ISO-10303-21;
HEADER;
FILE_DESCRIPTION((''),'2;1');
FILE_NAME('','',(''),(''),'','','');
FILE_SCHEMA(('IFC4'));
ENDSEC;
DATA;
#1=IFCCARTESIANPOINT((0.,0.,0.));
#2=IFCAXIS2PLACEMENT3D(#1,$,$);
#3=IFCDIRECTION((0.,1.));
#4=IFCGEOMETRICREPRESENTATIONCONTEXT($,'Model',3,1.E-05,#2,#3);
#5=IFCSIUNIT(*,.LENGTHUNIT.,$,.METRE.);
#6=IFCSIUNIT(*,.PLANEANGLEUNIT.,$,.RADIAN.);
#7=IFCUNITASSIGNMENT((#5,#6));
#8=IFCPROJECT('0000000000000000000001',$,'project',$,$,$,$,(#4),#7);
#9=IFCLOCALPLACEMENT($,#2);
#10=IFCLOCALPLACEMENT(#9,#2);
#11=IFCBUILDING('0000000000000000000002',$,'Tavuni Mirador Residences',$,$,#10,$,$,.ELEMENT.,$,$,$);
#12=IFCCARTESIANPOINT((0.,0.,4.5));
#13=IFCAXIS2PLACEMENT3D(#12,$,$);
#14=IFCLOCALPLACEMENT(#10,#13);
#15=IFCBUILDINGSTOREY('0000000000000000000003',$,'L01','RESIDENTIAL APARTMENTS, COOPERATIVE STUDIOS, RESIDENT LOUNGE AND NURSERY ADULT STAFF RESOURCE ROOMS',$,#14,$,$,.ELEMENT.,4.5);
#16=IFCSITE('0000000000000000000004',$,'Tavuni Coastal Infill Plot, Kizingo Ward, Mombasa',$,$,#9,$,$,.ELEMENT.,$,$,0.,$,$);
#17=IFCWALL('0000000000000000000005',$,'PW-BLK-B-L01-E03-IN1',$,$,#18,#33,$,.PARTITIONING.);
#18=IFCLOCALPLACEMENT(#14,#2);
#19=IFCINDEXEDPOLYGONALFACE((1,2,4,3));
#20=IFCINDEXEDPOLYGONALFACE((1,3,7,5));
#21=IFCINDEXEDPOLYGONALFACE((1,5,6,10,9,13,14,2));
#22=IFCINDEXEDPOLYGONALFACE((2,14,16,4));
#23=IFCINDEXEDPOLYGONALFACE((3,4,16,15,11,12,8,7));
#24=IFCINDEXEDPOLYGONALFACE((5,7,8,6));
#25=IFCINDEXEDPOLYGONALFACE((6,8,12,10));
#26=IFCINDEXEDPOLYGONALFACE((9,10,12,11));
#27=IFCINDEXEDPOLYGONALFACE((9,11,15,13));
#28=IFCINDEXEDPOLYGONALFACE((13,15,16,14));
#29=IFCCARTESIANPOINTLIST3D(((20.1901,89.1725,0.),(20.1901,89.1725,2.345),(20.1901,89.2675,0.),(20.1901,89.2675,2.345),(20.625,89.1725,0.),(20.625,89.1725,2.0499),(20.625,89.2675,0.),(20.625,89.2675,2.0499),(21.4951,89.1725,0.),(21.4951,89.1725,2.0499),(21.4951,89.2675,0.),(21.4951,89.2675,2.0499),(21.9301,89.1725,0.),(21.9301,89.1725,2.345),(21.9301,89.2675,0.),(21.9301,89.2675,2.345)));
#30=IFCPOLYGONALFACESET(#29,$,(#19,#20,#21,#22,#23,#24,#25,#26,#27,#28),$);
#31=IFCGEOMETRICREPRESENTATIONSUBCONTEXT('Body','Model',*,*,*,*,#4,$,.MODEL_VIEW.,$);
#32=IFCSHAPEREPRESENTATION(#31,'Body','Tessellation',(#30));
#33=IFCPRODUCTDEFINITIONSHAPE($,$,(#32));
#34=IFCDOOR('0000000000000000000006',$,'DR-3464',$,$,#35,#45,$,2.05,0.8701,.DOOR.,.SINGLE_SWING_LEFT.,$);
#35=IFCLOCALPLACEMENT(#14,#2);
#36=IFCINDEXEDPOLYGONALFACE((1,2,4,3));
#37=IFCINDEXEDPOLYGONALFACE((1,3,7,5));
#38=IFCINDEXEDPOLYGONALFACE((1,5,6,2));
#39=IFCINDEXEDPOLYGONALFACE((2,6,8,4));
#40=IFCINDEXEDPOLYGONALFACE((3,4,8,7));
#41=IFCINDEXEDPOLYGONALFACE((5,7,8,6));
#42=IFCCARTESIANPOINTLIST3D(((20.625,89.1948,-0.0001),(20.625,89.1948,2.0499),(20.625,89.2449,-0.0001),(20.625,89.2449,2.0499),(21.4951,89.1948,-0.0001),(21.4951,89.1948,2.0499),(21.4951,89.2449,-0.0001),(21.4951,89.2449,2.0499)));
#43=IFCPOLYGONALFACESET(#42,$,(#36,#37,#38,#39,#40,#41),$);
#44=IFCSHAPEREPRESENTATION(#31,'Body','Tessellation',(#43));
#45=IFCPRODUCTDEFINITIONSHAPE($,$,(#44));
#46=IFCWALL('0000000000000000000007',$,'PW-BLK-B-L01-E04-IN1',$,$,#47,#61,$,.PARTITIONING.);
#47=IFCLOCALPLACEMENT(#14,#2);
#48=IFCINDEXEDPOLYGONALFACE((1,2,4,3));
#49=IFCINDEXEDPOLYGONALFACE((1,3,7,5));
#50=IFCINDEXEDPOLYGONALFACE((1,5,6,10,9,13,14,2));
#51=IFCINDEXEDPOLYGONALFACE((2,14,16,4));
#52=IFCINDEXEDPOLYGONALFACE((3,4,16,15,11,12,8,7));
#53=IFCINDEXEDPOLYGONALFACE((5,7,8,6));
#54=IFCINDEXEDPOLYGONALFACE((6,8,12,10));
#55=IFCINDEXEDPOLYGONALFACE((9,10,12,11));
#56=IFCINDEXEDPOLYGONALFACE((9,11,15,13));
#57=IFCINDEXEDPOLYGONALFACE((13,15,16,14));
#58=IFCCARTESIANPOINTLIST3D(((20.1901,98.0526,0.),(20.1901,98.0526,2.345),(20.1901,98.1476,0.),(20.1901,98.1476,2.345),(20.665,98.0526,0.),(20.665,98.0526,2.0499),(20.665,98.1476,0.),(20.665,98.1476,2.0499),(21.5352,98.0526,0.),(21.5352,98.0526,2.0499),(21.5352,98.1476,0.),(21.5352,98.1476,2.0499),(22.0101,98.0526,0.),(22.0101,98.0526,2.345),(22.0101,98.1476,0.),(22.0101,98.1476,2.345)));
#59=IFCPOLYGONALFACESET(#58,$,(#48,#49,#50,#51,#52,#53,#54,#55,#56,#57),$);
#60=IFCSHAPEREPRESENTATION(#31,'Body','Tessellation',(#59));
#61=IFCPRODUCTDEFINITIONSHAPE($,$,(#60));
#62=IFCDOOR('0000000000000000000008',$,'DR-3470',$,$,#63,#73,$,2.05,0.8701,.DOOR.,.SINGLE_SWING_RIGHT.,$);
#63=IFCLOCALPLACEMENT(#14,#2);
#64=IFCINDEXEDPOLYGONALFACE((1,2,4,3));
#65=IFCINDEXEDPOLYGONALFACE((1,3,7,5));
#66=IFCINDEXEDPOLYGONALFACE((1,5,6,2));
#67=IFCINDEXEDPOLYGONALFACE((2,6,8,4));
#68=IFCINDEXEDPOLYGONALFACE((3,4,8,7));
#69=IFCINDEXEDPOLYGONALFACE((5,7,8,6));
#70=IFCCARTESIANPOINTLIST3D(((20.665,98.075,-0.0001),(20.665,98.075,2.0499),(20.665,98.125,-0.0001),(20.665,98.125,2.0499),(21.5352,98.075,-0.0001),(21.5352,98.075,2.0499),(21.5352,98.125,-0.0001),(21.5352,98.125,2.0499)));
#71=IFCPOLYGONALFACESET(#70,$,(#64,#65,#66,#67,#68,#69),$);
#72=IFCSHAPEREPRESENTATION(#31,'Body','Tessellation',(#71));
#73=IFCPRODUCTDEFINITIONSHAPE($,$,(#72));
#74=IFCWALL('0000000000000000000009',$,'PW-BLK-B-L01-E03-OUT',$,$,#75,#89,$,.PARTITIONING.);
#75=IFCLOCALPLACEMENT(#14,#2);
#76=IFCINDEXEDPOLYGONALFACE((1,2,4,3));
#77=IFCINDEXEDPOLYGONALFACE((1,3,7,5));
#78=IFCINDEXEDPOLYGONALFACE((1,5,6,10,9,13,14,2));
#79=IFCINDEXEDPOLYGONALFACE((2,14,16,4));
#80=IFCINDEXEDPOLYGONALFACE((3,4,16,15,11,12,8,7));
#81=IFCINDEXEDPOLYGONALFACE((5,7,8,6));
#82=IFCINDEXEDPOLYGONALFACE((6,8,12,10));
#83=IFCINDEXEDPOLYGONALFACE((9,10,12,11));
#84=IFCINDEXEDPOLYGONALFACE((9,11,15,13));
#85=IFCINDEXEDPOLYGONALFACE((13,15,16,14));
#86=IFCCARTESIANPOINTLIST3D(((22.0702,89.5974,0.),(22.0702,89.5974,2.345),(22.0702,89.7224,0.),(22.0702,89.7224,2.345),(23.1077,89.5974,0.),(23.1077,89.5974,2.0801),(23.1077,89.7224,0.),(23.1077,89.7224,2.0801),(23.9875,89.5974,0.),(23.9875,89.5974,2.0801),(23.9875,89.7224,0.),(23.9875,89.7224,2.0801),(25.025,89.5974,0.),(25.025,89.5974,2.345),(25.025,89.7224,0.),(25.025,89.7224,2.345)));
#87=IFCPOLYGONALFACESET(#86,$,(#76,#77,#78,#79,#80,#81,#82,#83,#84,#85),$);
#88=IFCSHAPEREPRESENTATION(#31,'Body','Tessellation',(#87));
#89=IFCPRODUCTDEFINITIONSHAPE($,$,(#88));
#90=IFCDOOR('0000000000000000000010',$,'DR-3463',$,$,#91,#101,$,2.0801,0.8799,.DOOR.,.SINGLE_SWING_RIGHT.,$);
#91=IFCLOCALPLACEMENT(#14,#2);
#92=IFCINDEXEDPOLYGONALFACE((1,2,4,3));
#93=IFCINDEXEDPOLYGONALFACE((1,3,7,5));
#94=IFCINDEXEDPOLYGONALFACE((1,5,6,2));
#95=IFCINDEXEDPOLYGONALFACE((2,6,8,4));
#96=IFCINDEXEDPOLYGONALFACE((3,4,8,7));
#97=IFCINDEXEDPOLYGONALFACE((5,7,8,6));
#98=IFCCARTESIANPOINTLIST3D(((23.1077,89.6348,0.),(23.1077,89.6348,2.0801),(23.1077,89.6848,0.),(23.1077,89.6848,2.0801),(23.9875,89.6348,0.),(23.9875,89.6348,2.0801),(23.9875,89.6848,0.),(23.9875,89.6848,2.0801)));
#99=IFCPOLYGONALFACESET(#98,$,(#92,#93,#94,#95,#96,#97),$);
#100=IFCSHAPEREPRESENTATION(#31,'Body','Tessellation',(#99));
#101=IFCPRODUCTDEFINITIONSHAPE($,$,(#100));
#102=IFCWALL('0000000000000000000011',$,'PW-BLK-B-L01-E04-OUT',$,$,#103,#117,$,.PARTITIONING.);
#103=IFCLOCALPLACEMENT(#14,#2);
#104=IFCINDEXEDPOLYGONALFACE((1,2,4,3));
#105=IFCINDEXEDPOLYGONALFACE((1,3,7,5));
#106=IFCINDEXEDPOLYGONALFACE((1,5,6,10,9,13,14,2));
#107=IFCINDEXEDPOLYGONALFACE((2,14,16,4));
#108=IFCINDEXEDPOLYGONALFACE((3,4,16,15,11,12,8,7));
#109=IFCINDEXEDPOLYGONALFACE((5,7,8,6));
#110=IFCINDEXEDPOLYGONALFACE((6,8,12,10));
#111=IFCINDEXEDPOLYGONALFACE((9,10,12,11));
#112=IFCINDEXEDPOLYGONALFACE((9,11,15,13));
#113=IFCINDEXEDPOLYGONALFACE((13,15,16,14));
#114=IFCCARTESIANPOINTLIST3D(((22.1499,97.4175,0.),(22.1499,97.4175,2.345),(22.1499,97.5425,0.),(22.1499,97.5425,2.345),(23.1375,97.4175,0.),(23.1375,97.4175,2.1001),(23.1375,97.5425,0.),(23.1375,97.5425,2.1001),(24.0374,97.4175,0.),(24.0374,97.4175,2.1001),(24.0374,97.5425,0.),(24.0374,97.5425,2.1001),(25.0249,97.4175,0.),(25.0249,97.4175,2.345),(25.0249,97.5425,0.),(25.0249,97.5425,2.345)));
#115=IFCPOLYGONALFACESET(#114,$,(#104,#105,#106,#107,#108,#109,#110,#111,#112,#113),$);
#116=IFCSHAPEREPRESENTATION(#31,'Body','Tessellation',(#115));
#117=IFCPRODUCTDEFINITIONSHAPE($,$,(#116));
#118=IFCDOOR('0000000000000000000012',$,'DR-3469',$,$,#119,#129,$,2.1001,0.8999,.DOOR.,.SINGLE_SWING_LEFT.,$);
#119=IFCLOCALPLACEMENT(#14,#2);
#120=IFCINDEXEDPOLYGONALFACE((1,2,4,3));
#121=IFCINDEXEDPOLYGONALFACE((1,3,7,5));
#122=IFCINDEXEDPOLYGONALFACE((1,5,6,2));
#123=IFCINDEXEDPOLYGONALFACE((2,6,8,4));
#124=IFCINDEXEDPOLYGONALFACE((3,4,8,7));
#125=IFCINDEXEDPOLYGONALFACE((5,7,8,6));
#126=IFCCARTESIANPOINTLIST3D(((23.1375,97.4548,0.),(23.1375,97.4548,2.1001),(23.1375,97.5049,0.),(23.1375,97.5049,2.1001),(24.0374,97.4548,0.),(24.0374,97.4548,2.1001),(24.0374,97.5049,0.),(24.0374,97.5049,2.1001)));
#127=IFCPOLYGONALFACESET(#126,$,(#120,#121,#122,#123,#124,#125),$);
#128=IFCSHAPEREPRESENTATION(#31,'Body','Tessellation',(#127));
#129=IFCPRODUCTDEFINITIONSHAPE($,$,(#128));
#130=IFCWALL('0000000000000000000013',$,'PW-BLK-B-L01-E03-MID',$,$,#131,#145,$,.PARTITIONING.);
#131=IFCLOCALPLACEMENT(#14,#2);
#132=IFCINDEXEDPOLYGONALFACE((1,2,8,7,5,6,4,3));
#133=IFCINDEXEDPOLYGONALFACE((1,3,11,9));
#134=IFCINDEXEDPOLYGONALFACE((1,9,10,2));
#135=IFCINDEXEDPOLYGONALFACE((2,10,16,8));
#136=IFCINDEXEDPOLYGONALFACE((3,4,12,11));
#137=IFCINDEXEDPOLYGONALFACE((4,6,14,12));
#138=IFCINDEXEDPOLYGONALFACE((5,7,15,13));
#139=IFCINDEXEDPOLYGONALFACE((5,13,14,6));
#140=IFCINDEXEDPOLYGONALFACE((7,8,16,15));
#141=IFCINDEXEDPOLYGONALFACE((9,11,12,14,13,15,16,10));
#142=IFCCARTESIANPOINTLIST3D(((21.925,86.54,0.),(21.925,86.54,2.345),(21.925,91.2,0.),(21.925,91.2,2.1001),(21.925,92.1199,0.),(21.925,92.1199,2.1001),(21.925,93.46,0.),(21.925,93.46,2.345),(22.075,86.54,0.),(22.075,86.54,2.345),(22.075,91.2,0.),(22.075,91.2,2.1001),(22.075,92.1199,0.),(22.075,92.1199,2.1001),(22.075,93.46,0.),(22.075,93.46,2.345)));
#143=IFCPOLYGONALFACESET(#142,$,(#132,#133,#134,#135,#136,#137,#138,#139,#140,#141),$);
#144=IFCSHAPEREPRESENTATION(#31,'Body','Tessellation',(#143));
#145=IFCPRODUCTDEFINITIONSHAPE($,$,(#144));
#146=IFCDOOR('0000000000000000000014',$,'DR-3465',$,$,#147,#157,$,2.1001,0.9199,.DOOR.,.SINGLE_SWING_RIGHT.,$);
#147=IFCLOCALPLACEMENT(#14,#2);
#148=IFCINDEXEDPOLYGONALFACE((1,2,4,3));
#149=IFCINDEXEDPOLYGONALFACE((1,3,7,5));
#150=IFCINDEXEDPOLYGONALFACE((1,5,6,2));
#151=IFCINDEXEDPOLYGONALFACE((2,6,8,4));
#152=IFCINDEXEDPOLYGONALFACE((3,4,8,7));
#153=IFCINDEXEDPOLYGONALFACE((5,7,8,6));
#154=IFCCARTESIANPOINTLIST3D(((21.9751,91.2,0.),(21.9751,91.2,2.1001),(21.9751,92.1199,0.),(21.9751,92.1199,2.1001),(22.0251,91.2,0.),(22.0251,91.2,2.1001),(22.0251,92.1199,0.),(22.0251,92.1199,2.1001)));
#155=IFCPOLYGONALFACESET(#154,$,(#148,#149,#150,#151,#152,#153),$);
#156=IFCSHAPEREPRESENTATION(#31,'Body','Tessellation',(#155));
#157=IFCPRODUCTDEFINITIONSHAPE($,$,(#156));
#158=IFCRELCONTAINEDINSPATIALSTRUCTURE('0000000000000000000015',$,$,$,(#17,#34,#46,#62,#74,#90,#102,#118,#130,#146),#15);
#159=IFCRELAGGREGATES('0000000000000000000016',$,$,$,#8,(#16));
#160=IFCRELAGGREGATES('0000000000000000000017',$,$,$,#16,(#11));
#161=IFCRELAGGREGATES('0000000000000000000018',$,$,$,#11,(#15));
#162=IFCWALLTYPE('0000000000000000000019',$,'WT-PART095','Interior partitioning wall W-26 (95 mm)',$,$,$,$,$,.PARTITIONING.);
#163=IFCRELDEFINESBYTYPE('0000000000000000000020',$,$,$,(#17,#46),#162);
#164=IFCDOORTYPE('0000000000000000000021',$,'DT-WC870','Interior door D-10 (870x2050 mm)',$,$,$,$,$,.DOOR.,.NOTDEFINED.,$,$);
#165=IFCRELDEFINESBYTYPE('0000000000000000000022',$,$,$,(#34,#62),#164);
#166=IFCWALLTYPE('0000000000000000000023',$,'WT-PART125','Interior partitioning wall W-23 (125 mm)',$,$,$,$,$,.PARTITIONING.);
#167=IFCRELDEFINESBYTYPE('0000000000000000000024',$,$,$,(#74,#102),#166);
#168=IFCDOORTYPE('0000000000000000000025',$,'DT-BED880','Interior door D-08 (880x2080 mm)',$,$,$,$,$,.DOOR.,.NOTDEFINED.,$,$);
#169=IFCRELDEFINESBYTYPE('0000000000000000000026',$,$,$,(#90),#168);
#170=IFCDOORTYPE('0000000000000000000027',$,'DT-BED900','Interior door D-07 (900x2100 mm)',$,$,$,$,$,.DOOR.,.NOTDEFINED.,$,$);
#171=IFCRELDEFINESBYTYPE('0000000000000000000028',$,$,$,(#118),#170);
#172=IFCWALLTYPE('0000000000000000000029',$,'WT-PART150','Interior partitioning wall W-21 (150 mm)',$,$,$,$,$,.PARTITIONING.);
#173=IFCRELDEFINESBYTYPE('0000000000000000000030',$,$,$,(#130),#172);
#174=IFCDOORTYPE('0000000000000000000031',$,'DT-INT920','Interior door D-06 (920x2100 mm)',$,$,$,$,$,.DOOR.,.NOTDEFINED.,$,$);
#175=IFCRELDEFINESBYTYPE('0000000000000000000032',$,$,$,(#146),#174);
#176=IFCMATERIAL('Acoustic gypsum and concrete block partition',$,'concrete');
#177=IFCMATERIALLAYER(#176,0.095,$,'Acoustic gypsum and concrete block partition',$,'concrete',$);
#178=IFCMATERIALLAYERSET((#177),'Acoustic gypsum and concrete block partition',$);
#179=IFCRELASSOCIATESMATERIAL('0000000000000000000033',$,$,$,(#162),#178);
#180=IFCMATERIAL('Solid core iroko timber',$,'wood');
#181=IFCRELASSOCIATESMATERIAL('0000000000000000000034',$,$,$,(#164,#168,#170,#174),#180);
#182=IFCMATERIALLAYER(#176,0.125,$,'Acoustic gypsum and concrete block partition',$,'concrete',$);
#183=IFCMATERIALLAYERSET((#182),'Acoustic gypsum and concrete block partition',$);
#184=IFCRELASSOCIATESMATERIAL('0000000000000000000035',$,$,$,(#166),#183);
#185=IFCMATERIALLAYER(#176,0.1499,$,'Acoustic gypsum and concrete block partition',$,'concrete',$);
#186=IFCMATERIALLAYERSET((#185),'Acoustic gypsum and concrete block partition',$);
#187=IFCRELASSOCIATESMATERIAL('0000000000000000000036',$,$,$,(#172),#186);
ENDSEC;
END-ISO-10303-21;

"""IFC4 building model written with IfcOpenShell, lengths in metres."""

from ifc_helpers import new_model, si_unit, direction, frame, frame_2d, origin, place, context, subcontext, project, spatial, rectangle, extrude, material, layer, layer_set, type_object, element, fill, save


model = new_model("IFC4")

# Units and contexts
model_context = context("Model", 3, precision=1e-05, world=origin(), true_north=direction((0.0, 1.0)))
body_context = subcontext(model_context, "Body", "Model", "MODEL_VIEW")
ifc_project = project(units=[si_unit("LENGTHUNIT", "METRE"), si_unit("PLANEANGLEUNIT", "RADIAN")], contexts=[model_context])

# Site, building, storey
site_placement = place(None, origin())
site = spatial("IfcSite", under=ifc_project, at=site_placement, Name="Tavuni Coastal Infill Plot, Kizingo Ward, Mombasa", CompositionType="ELEMENT", RefElevation=0.0)
building_placement = place(site_placement, origin())
building = spatial("IfcBuilding", under=site, at=building_placement, Name="Tavuni Mirador Residences", CompositionType="ELEMENT")
storey_placement = place(building_placement, frame((0.0, 0.0, 4.5)))
storey = spatial("IfcBuildingStorey", under=building, at=storey_placement, Name="L01", Description="RESIDENTIAL APARTMENTS, COOPERATIVE STUDIOS, RESIDENT LOUNGE AND NURSERY ADULT STAFF RESOURCE ROOMS", CompositionType="ELEMENT", Elevation=4.5)

# Shared definitions
ifc_material_1 = material(Name="Solid core iroko timber", Category="wood")

# Walls, openings, doors
ifc_material_2 = material(Name="Acoustic gypsum and concrete block partition", Category="concrete")
ifc_layer_1 = layer(ifc_material_2, 0.095, Name="Acoustic gypsum and concrete block partition", Category="concrete")
ifc_layer_set_1 = layer_set([ifc_layer_1], Name="Acoustic gypsum and concrete block partition")
wall_type_1 = type_object("IfcWallType", Name="WT-PART095", Description="Interior partitioning wall W-26 (95 mm)", PredefinedType="PARTITIONING", material=ifc_layer_set_1)
wall_1_placement = place(storey_placement, frame((20.1899, 89.22, 0.0), z_axis=(0.0, 0.0, 1.0), x_axis=(1.0, 0.0, 0.0)))
wall_1 = element("IfcWall", 1, at=wall_1_placement, inside=storey, type_object=wall_type_1, Name="PW-BLK-B-L01-E03-IN1", PredefinedType="PARTITIONING", context=body_context, shape_type="SweptSolid", body=[
    extrude(rectangle(XDim=1.74, YDim=0.095, at=frame_2d((0.8701, 0.0))), origin(), (0.0, 0.0, 1.0), 2.345),
])
opening_1_placement = place(wall_1_placement, frame((0.4351, 0.0, 0.0)))
opening_1 = element("IfcOpeningElement", 2, at=opening_1_placement, cuts=wall_1, PredefinedType="OPENING", context=body_context, shape_type="SweptSolid", body=[
    extrude(rectangle(XDim=0.8701, YDim=2.05, at=frame_2d((0.4351, 1.0249))), frame((0.0, 0.0576, 0.0), z_axis=(0.0, -1.0, 0.0), x_axis=(1.0, 0.0, 0.0)), (0.0, 0.0, 1.0), 0.115),
])
door_type_1 = type_object("IfcDoorType", Name="DT-WC870", Description="Interior door D-10 (870x2050 mm)", OperationType="NOTDEFINED", PredefinedType="DOOR", material=ifc_material_1)
door_1_placement = place(opening_1_placement, origin())
door_1 = element("IfcDoor", 3, at=door_1_placement, inside=storey, type_object=door_type_1, Name="DR-3464", OperationType="SINGLE_SWING_LEFT", OverallHeight=2.05, OverallWidth=0.8701, PredefinedType="DOOR", context=body_context, shape_type="SweptSolid", body=[
    extrude(rectangle(XDim=0.8701, YDim=2.05, at=frame_2d((0.4351, 1.0249))), frame((0.0, 0.0249, 0.0), z_axis=(0.0, -1.0, 0.0), x_axis=(1.0, 0.0, 0.0)), (0.0, 0.0, 1.0), 0.05),
])
fill(opening_1, door_1)
wall_2_placement = place(storey_placement, frame((20.1899, 98.1001, 0.0), z_axis=(0.0, 0.0, 1.0), x_axis=(1.0, 0.0, 0.0)))
wall_2 = element("IfcWall", 4, at=wall_2_placement, inside=storey, type_object=wall_type_1, Name="PW-BLK-B-L01-E04-IN1", PredefinedType="PARTITIONING", context=body_context, shape_type="SweptSolid", body=[
    extrude(rectangle(XDim=1.8201, YDim=0.095, at=frame_2d((0.9102, 0.0))), origin(), (0.0, 0.0, 1.0), 2.345),
])
opening_2_placement = place(wall_2_placement, frame((0.4751, 0.0, 0.0)))
opening_2 = element("IfcOpeningElement", 5, at=opening_2_placement, cuts=wall_2, PredefinedType="OPENING", context=body_context, shape_type="SweptSolid", body=[
    extrude(rectangle(XDim=0.8701, YDim=2.05, at=frame_2d((0.4351, 1.0249))), frame((0.0, 0.0576, 0.0), z_axis=(0.0, -1.0, 0.0), x_axis=(1.0, 0.0, 0.0)), (0.0, 0.0, 1.0), 0.115),
])
door_2_placement = place(opening_2_placement, origin())
door_2 = element("IfcDoor", 6, at=door_2_placement, inside=storey, type_object=door_type_1, Name="DR-3470", OperationType="SINGLE_SWING_RIGHT", OverallHeight=2.05, OverallWidth=0.8701, PredefinedType="DOOR", context=body_context, shape_type="SweptSolid", body=[
    extrude(rectangle(XDim=0.8701, YDim=2.05, at=frame_2d((0.4351, 1.0249))), frame((0.0, 0.0249, 0.0), z_axis=(0.0, -1.0, 0.0), x_axis=(1.0, 0.0, 0.0)), (0.0, 0.0, 1.0), 0.05),
])
fill(opening_2, door_2)
ifc_layer_2 = layer(ifc_material_2, 0.125, Name="Acoustic gypsum and concrete block partition", Category="concrete")
ifc_layer_set_2 = layer_set([ifc_layer_2], Name="Acoustic gypsum and concrete block partition")
wall_type_2 = type_object("IfcWallType", Name="WT-PART125", Description="Interior partitioning wall W-23 (125 mm)", PredefinedType="PARTITIONING", material=ifc_layer_set_2)
wall_3_placement = place(storey_placement, frame((22.0701, 89.6599, 0.0), z_axis=(0.0, 0.0, 1.0), x_axis=(1.0, 0.0, 0.0)))
wall_3 = element("IfcWall", 7, at=wall_3_placement, inside=storey, type_object=wall_type_2, Name="PW-BLK-B-L01-E03-OUT", PredefinedType="PARTITIONING", context=body_context, shape_type="SweptSolid", body=[
    extrude(rectangle(XDim=2.9548, YDim=0.125, at=frame_2d((1.4775, 0.0))), origin(), (0.0, 0.0, 1.0), 2.345),
])
opening_3_placement = place(wall_3_placement, frame((1.0376, 0.0, 0.0)))
opening_3 = element("IfcOpeningElement", 8, at=opening_3_placement, cuts=wall_3, PredefinedType="OPENING", context=body_context, shape_type="SweptSolid", body=[
    extrude(rectangle(XDim=0.8799, YDim=2.0801, at=frame_2d((0.4399, 1.04))), frame((0.0, 0.0725, 0.0), z_axis=(0.0, -1.0, 0.0), x_axis=(1.0, 0.0, 0.0)), (0.0, 0.0, 1.0), 0.145),
])
door_type_2 = type_object("IfcDoorType", Name="DT-BED880", Description="Interior door D-08 (880x2080 mm)", OperationType="NOTDEFINED", PredefinedType="DOOR", material=ifc_material_1)
door_3_placement = place(opening_3_placement, origin())
door_3 = element("IfcDoor", 9, at=door_3_placement, inside=storey, type_object=door_type_2, Name="DR-3463", OperationType="SINGLE_SWING_RIGHT", OverallHeight=2.0801, OverallWidth=0.8799, PredefinedType="DOOR", context=body_context, shape_type="SweptSolid", body=[
    extrude(rectangle(XDim=0.8799, YDim=2.0801, at=frame_2d((0.4399, 1.04))), frame((0.0, 0.0249, 0.0), z_axis=(0.0, -1.0, 0.0), x_axis=(1.0, 0.0, 0.0)), (0.0, 0.0, 1.0), 0.05),
])
fill(opening_3, door_3)
wall_4_placement = place(storey_placement, frame((22.1499, 97.48, 0.0), z_axis=(0.0, 0.0, 1.0), x_axis=(1.0, 0.0, 0.0)))
wall_4 = element("IfcWall", 10, at=wall_4_placement, inside=storey, type_object=wall_type_2, Name="PW-BLK-B-L01-E04-OUT", PredefinedType="PARTITIONING", context=body_context, shape_type="SweptSolid", body=[
    extrude(rectangle(XDim=2.875, YDim=0.125, at=frame_2d((1.4375, 0.0))), origin(), (0.0, 0.0, 1.0), 2.345),
])
opening_4_placement = place(wall_4_placement, frame((0.9875, 0.0, 0.0)))
opening_4 = element("IfcOpeningElement", 11, at=opening_4_placement, cuts=wall_4, PredefinedType="OPENING", context=body_context, shape_type="SweptSolid", body=[
    extrude(rectangle(XDim=0.8999, YDim=2.1001, at=frame_2d((0.45, 1.05))), frame((0.0, 0.0725, 0.0), z_axis=(0.0, -1.0, 0.0), x_axis=(1.0, 0.0, 0.0)), (0.0, 0.0, 1.0), 0.145),
])
door_type_3 = type_object("IfcDoorType", Name="DT-BED900", Description="Interior door D-07 (900x2100 mm)", OperationType="NOTDEFINED", PredefinedType="DOOR", material=ifc_material_1)
door_4_placement = place(opening_4_placement, origin())
door_4 = element("IfcDoor", 12, at=door_4_placement, inside=storey, type_object=door_type_3, Name="DR-3469", OperationType="SINGLE_SWING_LEFT", OverallHeight=2.1001, OverallWidth=0.8999, PredefinedType="DOOR", context=body_context, shape_type="SweptSolid", body=[
    extrude(rectangle(XDim=0.8999, YDim=2.1001, at=frame_2d((0.45, 1.05))), frame((0.0, 0.0249, 0.0), z_axis=(0.0, -1.0, 0.0), x_axis=(1.0, 0.0, 0.0)), (0.0, 0.0, 1.0), 0.05),
])
fill(opening_4, door_4)
ifc_layer_3 = layer(ifc_material_2, 0.1499, Name="Acoustic gypsum and concrete block partition", Category="concrete")
ifc_layer_set_3 = layer_set([ifc_layer_3], Name="Acoustic gypsum and concrete block partition")
wall_type_3 = type_object("IfcWallType", Name="WT-PART150", Description="Interior partitioning wall W-21 (150 mm)", PredefinedType="PARTITIONING", material=ifc_layer_set_3)
wall_5_placement = place(storey_placement, frame((22.0, 86.54, 0.0), z_axis=(0.0, 0.0, 1.0), x_axis=(0.0, 1.0, 0.0)))
wall_5 = element("IfcWall", 13, at=wall_5_placement, inside=storey, type_object=wall_type_3, Name="PW-BLK-B-L01-E03-MID", PredefinedType="PARTITIONING", context=body_context, shape_type="SweptSolid", body=[
    extrude(rectangle(XDim=6.9199, YDim=0.1499, at=frame_2d((3.46, 0.0))), origin(), (0.0, 0.0, 1.0), 2.345),
])
opening_5_placement = place(wall_5_placement, frame((4.6599, 0.0, 0.0)))
opening_5 = element("IfcOpeningElement", 14, at=opening_5_placement, cuts=wall_5, PredefinedType="OPENING", context=body_context, shape_type="SweptSolid", body=[
    extrude(rectangle(XDim=0.9199, YDim=2.1001, at=frame_2d((0.46, 1.05))), frame((0.0, 0.085, 0.0), z_axis=(0.0, -1.0, 0.0), x_axis=(1.0, 0.0, 0.0)), (0.0, 0.0, 1.0), 0.1699),
])
door_type_4 = type_object("IfcDoorType", Name="DT-INT920", Description="Interior door D-06 (920x2100 mm)", OperationType="NOTDEFINED", PredefinedType="DOOR", material=ifc_material_1)
door_5_placement = place(opening_5_placement, origin())
door_5 = element("IfcDoor", 15, at=door_5_placement, inside=storey, type_object=door_type_4, Name="DR-3465", OperationType="SINGLE_SWING_RIGHT", OverallHeight=2.1001, OverallWidth=0.9199, PredefinedType="DOOR", context=body_context, shape_type="SweptSolid", body=[
    extrude(rectangle(XDim=0.9199, YDim=2.1001, at=frame_2d((0.46, 1.05))), frame((0.0, 0.0249, 0.0), z_axis=(0.0, -1.0, 0.0), x_axis=(1.0, 0.0, 0.0)), (0.0, 0.0, 1.0), 0.05),
])
fill(opening_5, door_5)

save(model, "model.ifc")
